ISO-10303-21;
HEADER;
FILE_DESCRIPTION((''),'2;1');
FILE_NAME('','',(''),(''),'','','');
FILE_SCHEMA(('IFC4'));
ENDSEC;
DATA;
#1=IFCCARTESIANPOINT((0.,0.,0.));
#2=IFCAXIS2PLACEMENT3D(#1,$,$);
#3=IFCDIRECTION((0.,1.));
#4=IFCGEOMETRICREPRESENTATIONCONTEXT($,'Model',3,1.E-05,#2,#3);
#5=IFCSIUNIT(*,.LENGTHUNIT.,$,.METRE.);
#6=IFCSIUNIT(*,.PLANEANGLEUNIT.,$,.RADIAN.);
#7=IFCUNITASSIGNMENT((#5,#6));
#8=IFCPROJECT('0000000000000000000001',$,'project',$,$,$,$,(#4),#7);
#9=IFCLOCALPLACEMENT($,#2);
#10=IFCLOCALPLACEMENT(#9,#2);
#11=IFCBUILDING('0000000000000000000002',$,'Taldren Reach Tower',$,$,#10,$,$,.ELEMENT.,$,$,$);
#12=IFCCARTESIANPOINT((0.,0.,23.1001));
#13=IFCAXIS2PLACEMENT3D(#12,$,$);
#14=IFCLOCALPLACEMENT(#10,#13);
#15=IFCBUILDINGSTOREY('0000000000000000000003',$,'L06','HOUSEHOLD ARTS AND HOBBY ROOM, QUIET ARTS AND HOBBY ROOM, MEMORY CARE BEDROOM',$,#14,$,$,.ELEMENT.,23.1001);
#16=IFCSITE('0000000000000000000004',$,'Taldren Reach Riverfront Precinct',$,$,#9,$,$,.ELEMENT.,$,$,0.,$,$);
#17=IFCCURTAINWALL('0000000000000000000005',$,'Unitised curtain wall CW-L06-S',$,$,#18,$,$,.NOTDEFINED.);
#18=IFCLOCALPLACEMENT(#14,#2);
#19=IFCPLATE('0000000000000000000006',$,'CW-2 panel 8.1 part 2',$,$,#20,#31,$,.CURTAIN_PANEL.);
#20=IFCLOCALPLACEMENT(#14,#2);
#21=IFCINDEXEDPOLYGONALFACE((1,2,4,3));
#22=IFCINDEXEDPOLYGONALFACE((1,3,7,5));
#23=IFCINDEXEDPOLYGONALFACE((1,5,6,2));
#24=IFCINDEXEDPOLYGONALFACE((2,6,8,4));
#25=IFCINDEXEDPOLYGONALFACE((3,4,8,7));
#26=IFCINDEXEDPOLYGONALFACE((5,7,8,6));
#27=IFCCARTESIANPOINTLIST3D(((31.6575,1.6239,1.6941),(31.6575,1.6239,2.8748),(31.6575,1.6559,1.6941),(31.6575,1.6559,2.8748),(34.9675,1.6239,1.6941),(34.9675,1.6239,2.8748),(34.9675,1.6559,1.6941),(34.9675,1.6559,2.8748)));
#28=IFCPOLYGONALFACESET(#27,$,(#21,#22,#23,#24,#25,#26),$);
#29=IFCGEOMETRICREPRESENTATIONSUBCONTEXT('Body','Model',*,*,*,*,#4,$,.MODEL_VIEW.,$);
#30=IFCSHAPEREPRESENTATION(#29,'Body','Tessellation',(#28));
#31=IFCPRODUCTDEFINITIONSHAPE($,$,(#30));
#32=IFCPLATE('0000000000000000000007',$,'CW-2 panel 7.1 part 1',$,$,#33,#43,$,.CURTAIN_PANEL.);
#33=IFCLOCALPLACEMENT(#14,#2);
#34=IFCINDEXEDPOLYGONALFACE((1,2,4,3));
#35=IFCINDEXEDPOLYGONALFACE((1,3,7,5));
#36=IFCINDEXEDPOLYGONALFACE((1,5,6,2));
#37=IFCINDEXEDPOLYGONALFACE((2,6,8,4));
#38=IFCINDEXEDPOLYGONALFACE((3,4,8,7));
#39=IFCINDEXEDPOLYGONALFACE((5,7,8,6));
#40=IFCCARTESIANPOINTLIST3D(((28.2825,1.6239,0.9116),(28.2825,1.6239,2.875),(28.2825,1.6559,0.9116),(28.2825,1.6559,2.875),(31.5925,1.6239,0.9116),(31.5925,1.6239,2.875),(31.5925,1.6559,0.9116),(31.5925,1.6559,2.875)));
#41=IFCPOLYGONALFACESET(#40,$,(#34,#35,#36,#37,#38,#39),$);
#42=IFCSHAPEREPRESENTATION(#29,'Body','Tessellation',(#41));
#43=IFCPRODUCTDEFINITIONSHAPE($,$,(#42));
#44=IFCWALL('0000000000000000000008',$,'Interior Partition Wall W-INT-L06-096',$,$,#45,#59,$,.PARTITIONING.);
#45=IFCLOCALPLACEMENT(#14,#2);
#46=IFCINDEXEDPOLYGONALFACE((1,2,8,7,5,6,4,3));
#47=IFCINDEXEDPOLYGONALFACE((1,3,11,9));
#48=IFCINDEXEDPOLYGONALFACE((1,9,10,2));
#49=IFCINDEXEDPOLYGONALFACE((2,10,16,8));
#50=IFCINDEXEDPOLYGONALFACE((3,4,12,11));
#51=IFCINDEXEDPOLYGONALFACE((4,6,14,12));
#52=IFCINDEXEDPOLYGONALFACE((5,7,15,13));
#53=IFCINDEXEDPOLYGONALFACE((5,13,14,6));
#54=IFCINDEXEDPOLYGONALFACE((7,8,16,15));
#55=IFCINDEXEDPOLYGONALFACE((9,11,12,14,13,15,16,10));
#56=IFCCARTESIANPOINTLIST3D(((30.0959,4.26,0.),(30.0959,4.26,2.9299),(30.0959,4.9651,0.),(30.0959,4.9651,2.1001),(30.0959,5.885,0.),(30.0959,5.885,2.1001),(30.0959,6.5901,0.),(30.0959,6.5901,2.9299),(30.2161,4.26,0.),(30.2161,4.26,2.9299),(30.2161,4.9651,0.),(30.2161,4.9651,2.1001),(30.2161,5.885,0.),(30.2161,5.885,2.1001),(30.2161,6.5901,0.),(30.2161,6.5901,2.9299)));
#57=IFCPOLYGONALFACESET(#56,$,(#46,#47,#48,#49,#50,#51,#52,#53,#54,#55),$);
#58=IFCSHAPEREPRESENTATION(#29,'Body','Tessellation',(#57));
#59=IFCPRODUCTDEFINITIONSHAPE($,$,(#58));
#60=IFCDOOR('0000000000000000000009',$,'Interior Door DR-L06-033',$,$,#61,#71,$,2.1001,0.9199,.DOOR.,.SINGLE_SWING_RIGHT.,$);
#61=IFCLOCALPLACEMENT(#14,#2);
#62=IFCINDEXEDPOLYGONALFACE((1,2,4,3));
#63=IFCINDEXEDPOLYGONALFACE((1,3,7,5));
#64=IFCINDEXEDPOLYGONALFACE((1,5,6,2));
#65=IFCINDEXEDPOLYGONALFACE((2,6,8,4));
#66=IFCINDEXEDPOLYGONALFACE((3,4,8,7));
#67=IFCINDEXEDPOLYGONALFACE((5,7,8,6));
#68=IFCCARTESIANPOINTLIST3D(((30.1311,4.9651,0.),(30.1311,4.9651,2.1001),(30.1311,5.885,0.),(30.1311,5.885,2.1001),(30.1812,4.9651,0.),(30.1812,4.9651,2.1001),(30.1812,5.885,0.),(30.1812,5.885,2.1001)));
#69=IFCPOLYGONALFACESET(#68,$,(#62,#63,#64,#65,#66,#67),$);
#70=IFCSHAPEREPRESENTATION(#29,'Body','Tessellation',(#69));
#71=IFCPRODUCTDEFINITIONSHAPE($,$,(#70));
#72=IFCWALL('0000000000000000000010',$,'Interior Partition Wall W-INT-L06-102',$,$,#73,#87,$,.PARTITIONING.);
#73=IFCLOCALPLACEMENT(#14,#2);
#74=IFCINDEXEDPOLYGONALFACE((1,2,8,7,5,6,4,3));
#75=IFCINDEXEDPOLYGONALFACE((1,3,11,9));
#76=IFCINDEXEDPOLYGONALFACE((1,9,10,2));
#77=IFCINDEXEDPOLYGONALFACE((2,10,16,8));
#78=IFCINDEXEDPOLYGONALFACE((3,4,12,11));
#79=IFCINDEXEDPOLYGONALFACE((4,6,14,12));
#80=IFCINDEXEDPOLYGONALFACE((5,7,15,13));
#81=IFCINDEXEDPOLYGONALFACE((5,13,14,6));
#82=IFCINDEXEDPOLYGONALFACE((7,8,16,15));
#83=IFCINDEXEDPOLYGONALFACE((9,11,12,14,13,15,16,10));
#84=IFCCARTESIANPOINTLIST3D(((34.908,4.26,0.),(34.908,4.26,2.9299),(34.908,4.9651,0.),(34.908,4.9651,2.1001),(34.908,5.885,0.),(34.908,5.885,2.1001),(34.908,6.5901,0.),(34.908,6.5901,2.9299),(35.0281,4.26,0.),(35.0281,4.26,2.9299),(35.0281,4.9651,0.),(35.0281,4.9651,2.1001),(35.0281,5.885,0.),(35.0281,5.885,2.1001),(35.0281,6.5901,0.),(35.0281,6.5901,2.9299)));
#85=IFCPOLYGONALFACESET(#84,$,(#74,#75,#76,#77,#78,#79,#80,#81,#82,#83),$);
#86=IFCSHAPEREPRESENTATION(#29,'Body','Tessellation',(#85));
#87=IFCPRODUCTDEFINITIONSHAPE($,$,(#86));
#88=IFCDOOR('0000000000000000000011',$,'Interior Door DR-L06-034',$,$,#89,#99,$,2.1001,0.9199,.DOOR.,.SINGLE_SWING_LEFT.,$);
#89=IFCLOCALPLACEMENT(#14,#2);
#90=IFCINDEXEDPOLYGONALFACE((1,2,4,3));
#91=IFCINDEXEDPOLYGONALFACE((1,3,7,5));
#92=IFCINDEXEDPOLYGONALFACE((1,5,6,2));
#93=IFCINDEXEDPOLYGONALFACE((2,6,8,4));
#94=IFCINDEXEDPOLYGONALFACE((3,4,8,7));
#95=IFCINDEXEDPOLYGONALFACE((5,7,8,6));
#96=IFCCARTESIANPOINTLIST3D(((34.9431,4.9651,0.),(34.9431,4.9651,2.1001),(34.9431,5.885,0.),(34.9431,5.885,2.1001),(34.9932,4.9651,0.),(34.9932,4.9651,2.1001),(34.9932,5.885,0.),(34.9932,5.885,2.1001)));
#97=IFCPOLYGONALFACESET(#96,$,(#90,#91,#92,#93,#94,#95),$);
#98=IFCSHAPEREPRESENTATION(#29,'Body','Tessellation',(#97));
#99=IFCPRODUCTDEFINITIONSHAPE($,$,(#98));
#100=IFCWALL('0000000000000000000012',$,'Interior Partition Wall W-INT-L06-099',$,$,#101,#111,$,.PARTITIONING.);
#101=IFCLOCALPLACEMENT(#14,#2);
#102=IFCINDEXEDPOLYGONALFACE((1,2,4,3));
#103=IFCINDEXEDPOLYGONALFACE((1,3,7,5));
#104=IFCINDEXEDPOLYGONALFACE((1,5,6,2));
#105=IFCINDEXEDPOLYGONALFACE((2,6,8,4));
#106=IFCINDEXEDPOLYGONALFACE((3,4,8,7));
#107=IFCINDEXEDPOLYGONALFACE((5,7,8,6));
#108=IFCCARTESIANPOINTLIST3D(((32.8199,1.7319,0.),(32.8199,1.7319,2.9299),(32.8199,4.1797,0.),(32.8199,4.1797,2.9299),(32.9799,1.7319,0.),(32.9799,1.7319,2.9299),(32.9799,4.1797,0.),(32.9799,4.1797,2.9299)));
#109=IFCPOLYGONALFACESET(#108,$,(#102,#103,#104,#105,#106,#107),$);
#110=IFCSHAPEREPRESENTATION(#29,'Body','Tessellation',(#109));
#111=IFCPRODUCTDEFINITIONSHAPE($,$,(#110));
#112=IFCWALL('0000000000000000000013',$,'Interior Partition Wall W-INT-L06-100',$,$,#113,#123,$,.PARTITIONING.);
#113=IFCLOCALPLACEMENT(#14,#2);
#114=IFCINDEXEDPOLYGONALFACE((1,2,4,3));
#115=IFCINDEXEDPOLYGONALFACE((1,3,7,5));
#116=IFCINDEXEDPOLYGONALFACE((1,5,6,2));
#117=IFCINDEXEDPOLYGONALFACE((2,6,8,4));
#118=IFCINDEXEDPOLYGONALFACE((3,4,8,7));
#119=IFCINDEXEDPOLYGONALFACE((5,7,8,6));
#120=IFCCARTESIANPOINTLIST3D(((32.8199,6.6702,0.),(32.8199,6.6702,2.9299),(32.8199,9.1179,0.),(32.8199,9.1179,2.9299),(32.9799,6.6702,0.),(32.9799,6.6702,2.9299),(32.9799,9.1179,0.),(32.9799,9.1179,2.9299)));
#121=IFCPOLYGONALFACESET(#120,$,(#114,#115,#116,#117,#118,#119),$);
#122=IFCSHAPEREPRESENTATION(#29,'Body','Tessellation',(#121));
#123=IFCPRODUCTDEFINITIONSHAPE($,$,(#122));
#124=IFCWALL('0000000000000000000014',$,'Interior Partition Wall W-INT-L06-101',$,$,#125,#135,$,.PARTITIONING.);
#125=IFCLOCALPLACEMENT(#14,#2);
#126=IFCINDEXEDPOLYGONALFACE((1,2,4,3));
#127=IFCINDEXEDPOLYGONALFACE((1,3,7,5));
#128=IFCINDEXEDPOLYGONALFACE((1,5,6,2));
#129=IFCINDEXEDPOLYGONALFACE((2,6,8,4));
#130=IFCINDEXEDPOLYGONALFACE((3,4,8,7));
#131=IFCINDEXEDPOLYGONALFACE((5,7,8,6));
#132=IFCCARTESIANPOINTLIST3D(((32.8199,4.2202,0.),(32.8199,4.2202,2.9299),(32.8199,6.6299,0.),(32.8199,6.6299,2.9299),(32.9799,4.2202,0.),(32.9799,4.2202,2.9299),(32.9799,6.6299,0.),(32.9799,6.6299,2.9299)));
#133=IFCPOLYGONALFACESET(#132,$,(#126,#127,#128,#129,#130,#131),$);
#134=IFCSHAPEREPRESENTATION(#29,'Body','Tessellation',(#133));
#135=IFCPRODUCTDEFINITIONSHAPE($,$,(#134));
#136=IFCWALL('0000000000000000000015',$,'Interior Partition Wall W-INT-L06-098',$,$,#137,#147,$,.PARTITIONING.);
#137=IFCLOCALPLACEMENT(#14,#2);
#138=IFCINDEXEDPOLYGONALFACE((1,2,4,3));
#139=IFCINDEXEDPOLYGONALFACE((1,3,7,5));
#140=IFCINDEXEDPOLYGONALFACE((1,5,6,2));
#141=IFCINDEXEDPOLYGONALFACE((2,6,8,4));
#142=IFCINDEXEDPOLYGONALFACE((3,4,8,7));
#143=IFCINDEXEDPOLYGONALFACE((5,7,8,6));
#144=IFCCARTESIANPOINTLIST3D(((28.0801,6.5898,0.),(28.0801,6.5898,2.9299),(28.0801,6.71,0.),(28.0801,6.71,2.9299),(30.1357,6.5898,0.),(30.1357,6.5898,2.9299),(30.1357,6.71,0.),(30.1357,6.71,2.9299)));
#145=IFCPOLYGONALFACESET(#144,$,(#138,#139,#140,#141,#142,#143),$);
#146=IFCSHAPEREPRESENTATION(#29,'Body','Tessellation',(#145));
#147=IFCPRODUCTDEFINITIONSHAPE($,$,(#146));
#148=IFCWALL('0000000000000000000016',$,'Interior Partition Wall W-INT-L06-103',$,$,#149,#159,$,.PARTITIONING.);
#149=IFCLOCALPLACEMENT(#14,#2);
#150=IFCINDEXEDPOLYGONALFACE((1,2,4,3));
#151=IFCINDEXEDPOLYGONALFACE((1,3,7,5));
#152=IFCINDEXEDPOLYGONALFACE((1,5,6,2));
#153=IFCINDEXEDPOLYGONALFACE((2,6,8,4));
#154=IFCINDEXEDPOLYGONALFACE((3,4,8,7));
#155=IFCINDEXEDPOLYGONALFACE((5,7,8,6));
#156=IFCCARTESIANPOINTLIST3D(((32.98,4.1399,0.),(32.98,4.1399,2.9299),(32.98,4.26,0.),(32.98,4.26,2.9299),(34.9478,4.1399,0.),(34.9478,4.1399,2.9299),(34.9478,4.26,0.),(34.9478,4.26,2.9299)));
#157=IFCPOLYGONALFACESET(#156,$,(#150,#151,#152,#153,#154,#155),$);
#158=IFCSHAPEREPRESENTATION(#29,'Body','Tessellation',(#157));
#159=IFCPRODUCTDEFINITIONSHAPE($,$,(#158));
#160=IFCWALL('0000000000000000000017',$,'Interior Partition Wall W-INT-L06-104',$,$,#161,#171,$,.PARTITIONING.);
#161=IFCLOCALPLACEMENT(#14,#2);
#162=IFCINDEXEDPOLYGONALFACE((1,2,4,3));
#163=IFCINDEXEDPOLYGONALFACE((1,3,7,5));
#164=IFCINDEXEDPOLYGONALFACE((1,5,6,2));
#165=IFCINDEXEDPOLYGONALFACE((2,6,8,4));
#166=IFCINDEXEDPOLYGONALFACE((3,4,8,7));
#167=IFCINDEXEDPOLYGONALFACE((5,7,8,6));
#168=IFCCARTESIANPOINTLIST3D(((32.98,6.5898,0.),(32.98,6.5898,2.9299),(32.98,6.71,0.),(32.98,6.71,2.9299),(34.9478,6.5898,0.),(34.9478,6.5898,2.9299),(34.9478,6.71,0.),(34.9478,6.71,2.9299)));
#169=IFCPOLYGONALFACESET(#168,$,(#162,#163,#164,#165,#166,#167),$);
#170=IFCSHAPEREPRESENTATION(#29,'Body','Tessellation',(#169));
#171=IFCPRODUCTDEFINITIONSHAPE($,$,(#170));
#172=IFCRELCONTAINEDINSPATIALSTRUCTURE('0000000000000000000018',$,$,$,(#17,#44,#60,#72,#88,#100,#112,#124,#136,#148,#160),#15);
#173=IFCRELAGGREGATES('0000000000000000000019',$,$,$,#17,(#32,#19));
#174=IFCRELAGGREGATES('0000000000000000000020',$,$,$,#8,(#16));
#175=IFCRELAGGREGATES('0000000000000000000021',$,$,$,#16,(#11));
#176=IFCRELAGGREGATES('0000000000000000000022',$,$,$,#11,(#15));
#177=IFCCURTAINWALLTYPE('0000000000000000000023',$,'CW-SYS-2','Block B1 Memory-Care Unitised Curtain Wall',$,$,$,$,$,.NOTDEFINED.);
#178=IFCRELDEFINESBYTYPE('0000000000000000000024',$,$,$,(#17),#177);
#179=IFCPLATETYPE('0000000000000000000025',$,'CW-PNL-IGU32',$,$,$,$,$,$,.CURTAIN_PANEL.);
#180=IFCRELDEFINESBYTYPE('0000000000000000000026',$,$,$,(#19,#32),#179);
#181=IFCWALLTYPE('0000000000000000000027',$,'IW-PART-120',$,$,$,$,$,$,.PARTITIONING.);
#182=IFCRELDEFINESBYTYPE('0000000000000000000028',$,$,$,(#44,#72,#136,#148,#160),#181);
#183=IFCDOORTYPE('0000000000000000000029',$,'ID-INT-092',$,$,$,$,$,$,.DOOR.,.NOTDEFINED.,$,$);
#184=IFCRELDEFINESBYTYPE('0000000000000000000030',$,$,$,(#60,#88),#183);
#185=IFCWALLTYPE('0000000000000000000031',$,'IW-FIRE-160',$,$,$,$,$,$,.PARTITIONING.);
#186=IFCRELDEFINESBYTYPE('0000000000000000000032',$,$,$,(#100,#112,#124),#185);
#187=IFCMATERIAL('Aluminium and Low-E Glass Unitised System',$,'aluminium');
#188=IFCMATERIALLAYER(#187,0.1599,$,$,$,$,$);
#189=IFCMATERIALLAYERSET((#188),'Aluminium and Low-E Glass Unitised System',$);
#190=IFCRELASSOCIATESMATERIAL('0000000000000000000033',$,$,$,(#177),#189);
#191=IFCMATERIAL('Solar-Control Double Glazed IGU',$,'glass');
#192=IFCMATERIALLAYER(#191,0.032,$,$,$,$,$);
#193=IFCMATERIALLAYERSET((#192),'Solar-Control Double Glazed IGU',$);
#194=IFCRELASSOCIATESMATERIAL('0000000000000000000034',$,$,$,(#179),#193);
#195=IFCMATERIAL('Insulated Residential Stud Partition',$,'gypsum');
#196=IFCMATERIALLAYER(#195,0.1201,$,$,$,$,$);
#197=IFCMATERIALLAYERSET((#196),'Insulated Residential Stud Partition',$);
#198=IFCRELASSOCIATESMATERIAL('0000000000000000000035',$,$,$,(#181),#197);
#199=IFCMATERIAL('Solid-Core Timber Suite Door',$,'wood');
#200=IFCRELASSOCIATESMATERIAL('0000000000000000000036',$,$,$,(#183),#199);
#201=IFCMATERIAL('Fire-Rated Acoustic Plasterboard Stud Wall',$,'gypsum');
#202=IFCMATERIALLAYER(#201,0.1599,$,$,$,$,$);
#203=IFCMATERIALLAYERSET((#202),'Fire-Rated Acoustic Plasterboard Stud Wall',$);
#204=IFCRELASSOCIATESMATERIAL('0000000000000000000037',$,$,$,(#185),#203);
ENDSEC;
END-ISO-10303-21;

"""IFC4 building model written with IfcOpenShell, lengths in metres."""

from ifc_helpers import new_model, si_unit, direction, frame, frame_2d, origin, origin_2d, place, context, subcontext, project, spatial, rectangle, extrude, source, transform, mapped, material, layer, layer_set, type_object, element, fill, aggregate, save


model = new_model("IFC4")

# Units and contexts
model_context = context("Model", 3, precision=1e-05, world=origin(), true_north=direction((0.0, 1.0)))
body_context = subcontext(model_context, "Body", "Model", "MODEL_VIEW")
ifc_project = project(units=[si_unit("LENGTHUNIT", "METRE"), si_unit("PLANEANGLEUNIT", "RADIAN")], contexts=[model_context])

# Site, building, storey
site_placement = place(None, origin())
site = spatial("IfcSite", under=ifc_project, at=site_placement, Name="Taldren Reach Riverfront Precinct", CompositionType="ELEMENT", RefElevation=0.0)
building_placement = place(site_placement, origin())
building = spatial("IfcBuilding", under=site, at=building_placement, Name="Taldren Reach Tower", CompositionType="ELEMENT")
storey_placement = place(building_placement, frame((0.0, 0.0, 23.1001)))
storey = spatial("IfcBuildingStorey", under=building, at=storey_placement, Name="L06", Description="HOUSEHOLD ARTS AND HOBBY ROOM, QUIET ARTS AND HOBBY ROOM, MEMORY CARE BEDROOM", CompositionType="ELEMENT", Elevation=23.1001)

# Curtain wall, plates
ifc_material_1 = material(Name="Aluminium and Low-E Glass Unitised System", Category="aluminium")
ifc_layer_1 = layer(ifc_material_1, 0.1599)
ifc_layer_set_1 = layer_set([ifc_layer_1], Name="Aluminium and Low-E Glass Unitised System")
curtain_wall_type = type_object("IfcCurtainWallType", Name="CW-SYS-2", Description="Block B1 Memory-Care Unitised Curtain Wall", PredefinedType="NOTDEFINED", material=ifc_layer_set_1)
curtain_wall_placement = place(storey_placement, origin())
curtain_wall = element("IfcCurtainWall", 1, at=curtain_wall_placement, inside=storey, type_object=curtain_wall_type, Name="Unitised curtain wall CW-L06-S", PredefinedType="NOTDEFINED")
ifc_material_2 = material(Name="Solar-Control Double Glazed IGU", Category="glass")
ifc_layer_2 = layer(ifc_material_2, 0.032)
ifc_layer_set_2 = layer_set([ifc_layer_2], Name="Solar-Control Double Glazed IGU")
plate_type = type_object("IfcPlateType", Name="CW-PNL-IGU32", PredefinedType="CURTAIN_PANEL", material=ifc_layer_set_2)
shared_shape_1 = source(origin(), body_context, "Body", "SweptSolid", [
    extrude(rectangle(XDim=3.3101, YDim=0.032, at=origin_2d()), origin(), (0.0, 0.0, 1.0), 1.1807),
])
plate_1_placement = place(storey_placement, frame((33.3125, 1.6399, 1.6941), z_axis=(0.0, 0.0, 1.0), x_axis=(1.0, 0.0, 0.0)))
plate_1 = element("IfcPlate", 2, at=plate_1_placement, type_object=plate_type, Name="CW-2 panel 8.1 part 2", PredefinedType="CURTAIN_PANEL", context=body_context, shape_type="MappedRepresentation", body=[
    mapped(shared_shape_1, transform((0.0, 0.0, 0.0), scale=1.0)),
])
shared_shape_2 = source(origin(), body_context, "Body", "SweptSolid", [
    extrude(rectangle(XDim=3.3101, YDim=0.032, at=origin_2d()), origin(), (0.0, 0.0, 1.0), 1.9634),
])
plate_2_placement = place(storey_placement, frame((29.9375, 1.6399, 0.9116), z_axis=(0.0, 0.0, 1.0), x_axis=(1.0, 0.0, 0.0)))
plate_2 = element("IfcPlate", 3, at=plate_2_placement, type_object=plate_type, Name="CW-2 panel 7.1 part 1", PredefinedType="CURTAIN_PANEL", context=body_context, shape_type="MappedRepresentation", body=[
    mapped(shared_shape_2, transform((0.0, 0.0, 0.0), scale=1.0)),
])
aggregate(curtain_wall, [plate_2, plate_1])

# Walls, openings, doors
ifc_material_3 = material(Name="Insulated Residential Stud Partition", Category="gypsum")
ifc_layer_3 = layer(ifc_material_3, 0.1201)
ifc_layer_set_3 = layer_set([ifc_layer_3], Name="Insulated Residential Stud Partition")
wall_type_1 = type_object("IfcWallType", Name="IW-PART-120", PredefinedType="PARTITIONING", material=ifc_layer_set_3)
shared_shape_3 = source(origin(), body_context, "Body", "SweptSolid", [
    extrude(rectangle(XDim=2.3301, YDim=0.1201, at=frame_2d((1.165, 0.0))), origin(), (0.0, 0.0, 1.0), 2.9299),
])
wall_1_placement = place(storey_placement, frame((30.156, 4.26, 0.0), z_axis=(0.0, 0.0, 1.0), x_axis=(0.0, 1.0, 0.0)))
wall_1 = element("IfcWall", 4, at=wall_1_placement, inside=storey, type_object=wall_type_1, Name="Interior Partition Wall W-INT-L06-096", PredefinedType="PARTITIONING", context=body_context, shape_type="MappedRepresentation", body=[
    mapped(shared_shape_3, transform((0.0, 0.0, 0.0), scale=1.0)),
])
shared_shape_4 = source(origin(), body_context, "Body", "SweptSolid", [
    extrude(rectangle(XDim=0.9199, YDim=2.1001, at=frame_2d((0.46, 1.05))), frame((0.0, 0.0701, 0.0), z_axis=(0.0, -1.0, 0.0), x_axis=(1.0, 0.0, 0.0)), (0.0, 0.0, 1.0), 0.1401),
])
opening_1_placement = place(wall_1_placement, frame((0.7051, 0.0, 0.0)))
opening_1 = element("IfcOpeningElement", 5, at=opening_1_placement, cuts=wall_1, PredefinedType="OPENING", context=body_context, shape_type="MappedRepresentation", body=[
    mapped(shared_shape_4, transform((0.0, 0.0, 0.0), scale=1.0)),
])
ifc_material_4 = material(Name="Solid-Core Timber Suite Door", Category="wood")
door_type_1 = type_object("IfcDoorType", Name="ID-INT-092", OperationType="NOTDEFINED", PredefinedType="DOOR", material=ifc_material_4)
shared_shape_5 = source(origin(), body_context, "Body", "SweptSolid", [
    extrude(rectangle(XDim=0.9199, YDim=2.1001, at=frame_2d((0.46, 1.05))), frame((0.0, 0.0249, 0.0), z_axis=(0.0, -1.0, 0.0), x_axis=(1.0, 0.0, 0.0)), (0.0, 0.0, 1.0), 0.05),
])
door_1_placement = place(opening_1_placement, origin())
door_1 = element("IfcDoor", 6, at=door_1_placement, inside=storey, type_object=door_type_1, Name="Interior Door DR-L06-033", OperationType="SINGLE_SWING_RIGHT", OverallHeight=2.1001, OverallWidth=0.9199, PredefinedType="DOOR", context=body_context, shape_type="MappedRepresentation", body=[
    mapped(shared_shape_5, transform((0.0, 0.0, 0.0), scale=1.0)),
])
fill(opening_1, door_1)
wall_2_placement = place(storey_placement, frame((34.968, 4.26, 0.0), z_axis=(0.0, 0.0, 1.0), x_axis=(0.0, 1.0, 0.0)))
wall_2 = element("IfcWall", 7, at=wall_2_placement, inside=storey, type_object=wall_type_1, Name="Interior Partition Wall W-INT-L06-102", PredefinedType="PARTITIONING", context=body_context, shape_type="MappedRepresentation", body=[
    mapped(shared_shape_3, transform((0.0, 0.0, 0.0), scale=1.0)),
])
opening_2_placement = place(wall_2_placement, frame((0.7051, 0.0, 0.0)))
opening_2 = element("IfcOpeningElement", 8, at=opening_2_placement, cuts=wall_2, PredefinedType="OPENING", context=body_context, shape_type="MappedRepresentation", body=[
    mapped(shared_shape_4, transform((0.0, 0.0, 0.0), scale=1.0)),
])
door_2_placement = place(opening_2_placement, origin())
door_2 = element("IfcDoor", 9, at=door_2_placement, inside=storey, type_object=door_type_1, Name="Interior Door DR-L06-034", OperationType="SINGLE_SWING_LEFT", OverallHeight=2.1001, OverallWidth=0.9199, PredefinedType="DOOR", context=body_context, shape_type="MappedRepresentation", body=[
    mapped(shared_shape_5, transform((0.0, 0.0, 0.0), scale=1.0)),
])
fill(opening_2, door_2)

# Walls
ifc_material_5 = material(Name="Fire-Rated Acoustic Plasterboard Stud Wall", Category="gypsum")
ifc_layer_4 = layer(ifc_material_5, 0.1599)
ifc_layer_set_4 = layer_set([ifc_layer_4], Name="Fire-Rated Acoustic Plasterboard Stud Wall")
wall_type_2 = type_object("IfcWallType", Name="IW-FIRE-160", PredefinedType="PARTITIONING", material=ifc_layer_set_4)
shared_shape_6 = source(origin(), body_context, "Body", "SweptSolid", [
    extrude(rectangle(XDim=2.4478, YDim=0.1599, at=frame_2d((1.2239, 0.0))), origin(), (0.0, 0.0, 1.0), 2.9299),
])
for number, where, z_axis, x_axis, name in (
    (10, (32.8999, 4.1797, 0.0), (0.0, 0.0, 1.0), (0.0, -1.0, 0.0), "Interior Partition Wall W-INT-L06-099"),
    (11, (32.8999, 9.1179, 0.0), (0.0, 0.0, 1.0), (0.0, -1.0, 0.0), "Interior Partition Wall W-INT-L06-100"),
):
    element("IfcWall", number, at=place(storey_placement, frame(where, z_axis=z_axis, x_axis=x_axis)), inside=storey, type_object=wall_type_2, Name=name, PredefinedType="PARTITIONING", context=body_context, shape_type="MappedRepresentation", body=[
        mapped(shared_shape_6, transform((0.0, 0.0, 0.0), scale=1.0)),
    ])
shared_shape_7 = source(origin(), body_context, "Body", "SweptSolid", [
    extrude(rectangle(XDim=2.4097, YDim=0.1599, at=frame_2d((1.2048, 0.0))), origin(), (0.0, 0.0, 1.0), 2.9299),
])
wall_3_placement = place(storey_placement, frame((32.8999, 6.6299, 0.0), z_axis=(0.0, 0.0, 1.0), x_axis=(0.0, -1.0, 0.0)))
element("IfcWall", 12, at=wall_3_placement, inside=storey, type_object=wall_type_2, Name="Interior Partition Wall W-INT-L06-101", PredefinedType="PARTITIONING", context=body_context, shape_type="MappedRepresentation", body=[
    mapped(shared_shape_7, transform((0.0, 0.0, 0.0), scale=1.0)),
])
shared_shape_8 = source(origin(), body_context, "Body", "SweptSolid", [
    extrude(rectangle(XDim=2.0557, YDim=0.1201, at=frame_2d((1.0278, 0.0))), origin(), (0.0, 0.0, 1.0), 2.9299),
])
wall_4_placement = place(storey_placement, frame((30.1357, 6.6499, 0.0), z_axis=(0.0, 0.0, 1.0), x_axis=(-1.0, 0.0, 0.0)))
element("IfcWall", 13, at=wall_4_placement, inside=storey, type_object=wall_type_1, Name="Interior Partition Wall W-INT-L06-098", PredefinedType="PARTITIONING", context=body_context, shape_type="MappedRepresentation", body=[
    mapped(shared_shape_8, transform((0.0, 0.0, 0.0), scale=1.0)),
])
shared_shape_9 = source(origin(), body_context, "Body", "SweptSolid", [
    extrude(rectangle(XDim=1.9678, YDim=0.1201, at=frame_2d((0.9839, 0.0))), origin(), (0.0, 0.0, 1.0), 2.9299),
])
for number, where, z_axis, x_axis, name in (
    (14, (32.98, 4.2, 0.0), (0.0, 0.0, 1.0), (1.0, 0.0, 0.0), "Interior Partition Wall W-INT-L06-103"),
    (15, (34.9478, 6.6499, 0.0), (0.0, 0.0, 1.0), (-1.0, 0.0, 0.0), "Interior Partition Wall W-INT-L06-104"),
):
    element("IfcWall", number, at=place(storey_placement, frame(where, z_axis=z_axis, x_axis=x_axis)), inside=storey, type_object=wall_type_1, Name=name, PredefinedType="PARTITIONING", context=body_context, shape_type="MappedRepresentation", body=[
        mapped(shared_shape_9, transform((0.0, 0.0, 0.0), scale=1.0)),
    ])

save(model, "model.ifc")
